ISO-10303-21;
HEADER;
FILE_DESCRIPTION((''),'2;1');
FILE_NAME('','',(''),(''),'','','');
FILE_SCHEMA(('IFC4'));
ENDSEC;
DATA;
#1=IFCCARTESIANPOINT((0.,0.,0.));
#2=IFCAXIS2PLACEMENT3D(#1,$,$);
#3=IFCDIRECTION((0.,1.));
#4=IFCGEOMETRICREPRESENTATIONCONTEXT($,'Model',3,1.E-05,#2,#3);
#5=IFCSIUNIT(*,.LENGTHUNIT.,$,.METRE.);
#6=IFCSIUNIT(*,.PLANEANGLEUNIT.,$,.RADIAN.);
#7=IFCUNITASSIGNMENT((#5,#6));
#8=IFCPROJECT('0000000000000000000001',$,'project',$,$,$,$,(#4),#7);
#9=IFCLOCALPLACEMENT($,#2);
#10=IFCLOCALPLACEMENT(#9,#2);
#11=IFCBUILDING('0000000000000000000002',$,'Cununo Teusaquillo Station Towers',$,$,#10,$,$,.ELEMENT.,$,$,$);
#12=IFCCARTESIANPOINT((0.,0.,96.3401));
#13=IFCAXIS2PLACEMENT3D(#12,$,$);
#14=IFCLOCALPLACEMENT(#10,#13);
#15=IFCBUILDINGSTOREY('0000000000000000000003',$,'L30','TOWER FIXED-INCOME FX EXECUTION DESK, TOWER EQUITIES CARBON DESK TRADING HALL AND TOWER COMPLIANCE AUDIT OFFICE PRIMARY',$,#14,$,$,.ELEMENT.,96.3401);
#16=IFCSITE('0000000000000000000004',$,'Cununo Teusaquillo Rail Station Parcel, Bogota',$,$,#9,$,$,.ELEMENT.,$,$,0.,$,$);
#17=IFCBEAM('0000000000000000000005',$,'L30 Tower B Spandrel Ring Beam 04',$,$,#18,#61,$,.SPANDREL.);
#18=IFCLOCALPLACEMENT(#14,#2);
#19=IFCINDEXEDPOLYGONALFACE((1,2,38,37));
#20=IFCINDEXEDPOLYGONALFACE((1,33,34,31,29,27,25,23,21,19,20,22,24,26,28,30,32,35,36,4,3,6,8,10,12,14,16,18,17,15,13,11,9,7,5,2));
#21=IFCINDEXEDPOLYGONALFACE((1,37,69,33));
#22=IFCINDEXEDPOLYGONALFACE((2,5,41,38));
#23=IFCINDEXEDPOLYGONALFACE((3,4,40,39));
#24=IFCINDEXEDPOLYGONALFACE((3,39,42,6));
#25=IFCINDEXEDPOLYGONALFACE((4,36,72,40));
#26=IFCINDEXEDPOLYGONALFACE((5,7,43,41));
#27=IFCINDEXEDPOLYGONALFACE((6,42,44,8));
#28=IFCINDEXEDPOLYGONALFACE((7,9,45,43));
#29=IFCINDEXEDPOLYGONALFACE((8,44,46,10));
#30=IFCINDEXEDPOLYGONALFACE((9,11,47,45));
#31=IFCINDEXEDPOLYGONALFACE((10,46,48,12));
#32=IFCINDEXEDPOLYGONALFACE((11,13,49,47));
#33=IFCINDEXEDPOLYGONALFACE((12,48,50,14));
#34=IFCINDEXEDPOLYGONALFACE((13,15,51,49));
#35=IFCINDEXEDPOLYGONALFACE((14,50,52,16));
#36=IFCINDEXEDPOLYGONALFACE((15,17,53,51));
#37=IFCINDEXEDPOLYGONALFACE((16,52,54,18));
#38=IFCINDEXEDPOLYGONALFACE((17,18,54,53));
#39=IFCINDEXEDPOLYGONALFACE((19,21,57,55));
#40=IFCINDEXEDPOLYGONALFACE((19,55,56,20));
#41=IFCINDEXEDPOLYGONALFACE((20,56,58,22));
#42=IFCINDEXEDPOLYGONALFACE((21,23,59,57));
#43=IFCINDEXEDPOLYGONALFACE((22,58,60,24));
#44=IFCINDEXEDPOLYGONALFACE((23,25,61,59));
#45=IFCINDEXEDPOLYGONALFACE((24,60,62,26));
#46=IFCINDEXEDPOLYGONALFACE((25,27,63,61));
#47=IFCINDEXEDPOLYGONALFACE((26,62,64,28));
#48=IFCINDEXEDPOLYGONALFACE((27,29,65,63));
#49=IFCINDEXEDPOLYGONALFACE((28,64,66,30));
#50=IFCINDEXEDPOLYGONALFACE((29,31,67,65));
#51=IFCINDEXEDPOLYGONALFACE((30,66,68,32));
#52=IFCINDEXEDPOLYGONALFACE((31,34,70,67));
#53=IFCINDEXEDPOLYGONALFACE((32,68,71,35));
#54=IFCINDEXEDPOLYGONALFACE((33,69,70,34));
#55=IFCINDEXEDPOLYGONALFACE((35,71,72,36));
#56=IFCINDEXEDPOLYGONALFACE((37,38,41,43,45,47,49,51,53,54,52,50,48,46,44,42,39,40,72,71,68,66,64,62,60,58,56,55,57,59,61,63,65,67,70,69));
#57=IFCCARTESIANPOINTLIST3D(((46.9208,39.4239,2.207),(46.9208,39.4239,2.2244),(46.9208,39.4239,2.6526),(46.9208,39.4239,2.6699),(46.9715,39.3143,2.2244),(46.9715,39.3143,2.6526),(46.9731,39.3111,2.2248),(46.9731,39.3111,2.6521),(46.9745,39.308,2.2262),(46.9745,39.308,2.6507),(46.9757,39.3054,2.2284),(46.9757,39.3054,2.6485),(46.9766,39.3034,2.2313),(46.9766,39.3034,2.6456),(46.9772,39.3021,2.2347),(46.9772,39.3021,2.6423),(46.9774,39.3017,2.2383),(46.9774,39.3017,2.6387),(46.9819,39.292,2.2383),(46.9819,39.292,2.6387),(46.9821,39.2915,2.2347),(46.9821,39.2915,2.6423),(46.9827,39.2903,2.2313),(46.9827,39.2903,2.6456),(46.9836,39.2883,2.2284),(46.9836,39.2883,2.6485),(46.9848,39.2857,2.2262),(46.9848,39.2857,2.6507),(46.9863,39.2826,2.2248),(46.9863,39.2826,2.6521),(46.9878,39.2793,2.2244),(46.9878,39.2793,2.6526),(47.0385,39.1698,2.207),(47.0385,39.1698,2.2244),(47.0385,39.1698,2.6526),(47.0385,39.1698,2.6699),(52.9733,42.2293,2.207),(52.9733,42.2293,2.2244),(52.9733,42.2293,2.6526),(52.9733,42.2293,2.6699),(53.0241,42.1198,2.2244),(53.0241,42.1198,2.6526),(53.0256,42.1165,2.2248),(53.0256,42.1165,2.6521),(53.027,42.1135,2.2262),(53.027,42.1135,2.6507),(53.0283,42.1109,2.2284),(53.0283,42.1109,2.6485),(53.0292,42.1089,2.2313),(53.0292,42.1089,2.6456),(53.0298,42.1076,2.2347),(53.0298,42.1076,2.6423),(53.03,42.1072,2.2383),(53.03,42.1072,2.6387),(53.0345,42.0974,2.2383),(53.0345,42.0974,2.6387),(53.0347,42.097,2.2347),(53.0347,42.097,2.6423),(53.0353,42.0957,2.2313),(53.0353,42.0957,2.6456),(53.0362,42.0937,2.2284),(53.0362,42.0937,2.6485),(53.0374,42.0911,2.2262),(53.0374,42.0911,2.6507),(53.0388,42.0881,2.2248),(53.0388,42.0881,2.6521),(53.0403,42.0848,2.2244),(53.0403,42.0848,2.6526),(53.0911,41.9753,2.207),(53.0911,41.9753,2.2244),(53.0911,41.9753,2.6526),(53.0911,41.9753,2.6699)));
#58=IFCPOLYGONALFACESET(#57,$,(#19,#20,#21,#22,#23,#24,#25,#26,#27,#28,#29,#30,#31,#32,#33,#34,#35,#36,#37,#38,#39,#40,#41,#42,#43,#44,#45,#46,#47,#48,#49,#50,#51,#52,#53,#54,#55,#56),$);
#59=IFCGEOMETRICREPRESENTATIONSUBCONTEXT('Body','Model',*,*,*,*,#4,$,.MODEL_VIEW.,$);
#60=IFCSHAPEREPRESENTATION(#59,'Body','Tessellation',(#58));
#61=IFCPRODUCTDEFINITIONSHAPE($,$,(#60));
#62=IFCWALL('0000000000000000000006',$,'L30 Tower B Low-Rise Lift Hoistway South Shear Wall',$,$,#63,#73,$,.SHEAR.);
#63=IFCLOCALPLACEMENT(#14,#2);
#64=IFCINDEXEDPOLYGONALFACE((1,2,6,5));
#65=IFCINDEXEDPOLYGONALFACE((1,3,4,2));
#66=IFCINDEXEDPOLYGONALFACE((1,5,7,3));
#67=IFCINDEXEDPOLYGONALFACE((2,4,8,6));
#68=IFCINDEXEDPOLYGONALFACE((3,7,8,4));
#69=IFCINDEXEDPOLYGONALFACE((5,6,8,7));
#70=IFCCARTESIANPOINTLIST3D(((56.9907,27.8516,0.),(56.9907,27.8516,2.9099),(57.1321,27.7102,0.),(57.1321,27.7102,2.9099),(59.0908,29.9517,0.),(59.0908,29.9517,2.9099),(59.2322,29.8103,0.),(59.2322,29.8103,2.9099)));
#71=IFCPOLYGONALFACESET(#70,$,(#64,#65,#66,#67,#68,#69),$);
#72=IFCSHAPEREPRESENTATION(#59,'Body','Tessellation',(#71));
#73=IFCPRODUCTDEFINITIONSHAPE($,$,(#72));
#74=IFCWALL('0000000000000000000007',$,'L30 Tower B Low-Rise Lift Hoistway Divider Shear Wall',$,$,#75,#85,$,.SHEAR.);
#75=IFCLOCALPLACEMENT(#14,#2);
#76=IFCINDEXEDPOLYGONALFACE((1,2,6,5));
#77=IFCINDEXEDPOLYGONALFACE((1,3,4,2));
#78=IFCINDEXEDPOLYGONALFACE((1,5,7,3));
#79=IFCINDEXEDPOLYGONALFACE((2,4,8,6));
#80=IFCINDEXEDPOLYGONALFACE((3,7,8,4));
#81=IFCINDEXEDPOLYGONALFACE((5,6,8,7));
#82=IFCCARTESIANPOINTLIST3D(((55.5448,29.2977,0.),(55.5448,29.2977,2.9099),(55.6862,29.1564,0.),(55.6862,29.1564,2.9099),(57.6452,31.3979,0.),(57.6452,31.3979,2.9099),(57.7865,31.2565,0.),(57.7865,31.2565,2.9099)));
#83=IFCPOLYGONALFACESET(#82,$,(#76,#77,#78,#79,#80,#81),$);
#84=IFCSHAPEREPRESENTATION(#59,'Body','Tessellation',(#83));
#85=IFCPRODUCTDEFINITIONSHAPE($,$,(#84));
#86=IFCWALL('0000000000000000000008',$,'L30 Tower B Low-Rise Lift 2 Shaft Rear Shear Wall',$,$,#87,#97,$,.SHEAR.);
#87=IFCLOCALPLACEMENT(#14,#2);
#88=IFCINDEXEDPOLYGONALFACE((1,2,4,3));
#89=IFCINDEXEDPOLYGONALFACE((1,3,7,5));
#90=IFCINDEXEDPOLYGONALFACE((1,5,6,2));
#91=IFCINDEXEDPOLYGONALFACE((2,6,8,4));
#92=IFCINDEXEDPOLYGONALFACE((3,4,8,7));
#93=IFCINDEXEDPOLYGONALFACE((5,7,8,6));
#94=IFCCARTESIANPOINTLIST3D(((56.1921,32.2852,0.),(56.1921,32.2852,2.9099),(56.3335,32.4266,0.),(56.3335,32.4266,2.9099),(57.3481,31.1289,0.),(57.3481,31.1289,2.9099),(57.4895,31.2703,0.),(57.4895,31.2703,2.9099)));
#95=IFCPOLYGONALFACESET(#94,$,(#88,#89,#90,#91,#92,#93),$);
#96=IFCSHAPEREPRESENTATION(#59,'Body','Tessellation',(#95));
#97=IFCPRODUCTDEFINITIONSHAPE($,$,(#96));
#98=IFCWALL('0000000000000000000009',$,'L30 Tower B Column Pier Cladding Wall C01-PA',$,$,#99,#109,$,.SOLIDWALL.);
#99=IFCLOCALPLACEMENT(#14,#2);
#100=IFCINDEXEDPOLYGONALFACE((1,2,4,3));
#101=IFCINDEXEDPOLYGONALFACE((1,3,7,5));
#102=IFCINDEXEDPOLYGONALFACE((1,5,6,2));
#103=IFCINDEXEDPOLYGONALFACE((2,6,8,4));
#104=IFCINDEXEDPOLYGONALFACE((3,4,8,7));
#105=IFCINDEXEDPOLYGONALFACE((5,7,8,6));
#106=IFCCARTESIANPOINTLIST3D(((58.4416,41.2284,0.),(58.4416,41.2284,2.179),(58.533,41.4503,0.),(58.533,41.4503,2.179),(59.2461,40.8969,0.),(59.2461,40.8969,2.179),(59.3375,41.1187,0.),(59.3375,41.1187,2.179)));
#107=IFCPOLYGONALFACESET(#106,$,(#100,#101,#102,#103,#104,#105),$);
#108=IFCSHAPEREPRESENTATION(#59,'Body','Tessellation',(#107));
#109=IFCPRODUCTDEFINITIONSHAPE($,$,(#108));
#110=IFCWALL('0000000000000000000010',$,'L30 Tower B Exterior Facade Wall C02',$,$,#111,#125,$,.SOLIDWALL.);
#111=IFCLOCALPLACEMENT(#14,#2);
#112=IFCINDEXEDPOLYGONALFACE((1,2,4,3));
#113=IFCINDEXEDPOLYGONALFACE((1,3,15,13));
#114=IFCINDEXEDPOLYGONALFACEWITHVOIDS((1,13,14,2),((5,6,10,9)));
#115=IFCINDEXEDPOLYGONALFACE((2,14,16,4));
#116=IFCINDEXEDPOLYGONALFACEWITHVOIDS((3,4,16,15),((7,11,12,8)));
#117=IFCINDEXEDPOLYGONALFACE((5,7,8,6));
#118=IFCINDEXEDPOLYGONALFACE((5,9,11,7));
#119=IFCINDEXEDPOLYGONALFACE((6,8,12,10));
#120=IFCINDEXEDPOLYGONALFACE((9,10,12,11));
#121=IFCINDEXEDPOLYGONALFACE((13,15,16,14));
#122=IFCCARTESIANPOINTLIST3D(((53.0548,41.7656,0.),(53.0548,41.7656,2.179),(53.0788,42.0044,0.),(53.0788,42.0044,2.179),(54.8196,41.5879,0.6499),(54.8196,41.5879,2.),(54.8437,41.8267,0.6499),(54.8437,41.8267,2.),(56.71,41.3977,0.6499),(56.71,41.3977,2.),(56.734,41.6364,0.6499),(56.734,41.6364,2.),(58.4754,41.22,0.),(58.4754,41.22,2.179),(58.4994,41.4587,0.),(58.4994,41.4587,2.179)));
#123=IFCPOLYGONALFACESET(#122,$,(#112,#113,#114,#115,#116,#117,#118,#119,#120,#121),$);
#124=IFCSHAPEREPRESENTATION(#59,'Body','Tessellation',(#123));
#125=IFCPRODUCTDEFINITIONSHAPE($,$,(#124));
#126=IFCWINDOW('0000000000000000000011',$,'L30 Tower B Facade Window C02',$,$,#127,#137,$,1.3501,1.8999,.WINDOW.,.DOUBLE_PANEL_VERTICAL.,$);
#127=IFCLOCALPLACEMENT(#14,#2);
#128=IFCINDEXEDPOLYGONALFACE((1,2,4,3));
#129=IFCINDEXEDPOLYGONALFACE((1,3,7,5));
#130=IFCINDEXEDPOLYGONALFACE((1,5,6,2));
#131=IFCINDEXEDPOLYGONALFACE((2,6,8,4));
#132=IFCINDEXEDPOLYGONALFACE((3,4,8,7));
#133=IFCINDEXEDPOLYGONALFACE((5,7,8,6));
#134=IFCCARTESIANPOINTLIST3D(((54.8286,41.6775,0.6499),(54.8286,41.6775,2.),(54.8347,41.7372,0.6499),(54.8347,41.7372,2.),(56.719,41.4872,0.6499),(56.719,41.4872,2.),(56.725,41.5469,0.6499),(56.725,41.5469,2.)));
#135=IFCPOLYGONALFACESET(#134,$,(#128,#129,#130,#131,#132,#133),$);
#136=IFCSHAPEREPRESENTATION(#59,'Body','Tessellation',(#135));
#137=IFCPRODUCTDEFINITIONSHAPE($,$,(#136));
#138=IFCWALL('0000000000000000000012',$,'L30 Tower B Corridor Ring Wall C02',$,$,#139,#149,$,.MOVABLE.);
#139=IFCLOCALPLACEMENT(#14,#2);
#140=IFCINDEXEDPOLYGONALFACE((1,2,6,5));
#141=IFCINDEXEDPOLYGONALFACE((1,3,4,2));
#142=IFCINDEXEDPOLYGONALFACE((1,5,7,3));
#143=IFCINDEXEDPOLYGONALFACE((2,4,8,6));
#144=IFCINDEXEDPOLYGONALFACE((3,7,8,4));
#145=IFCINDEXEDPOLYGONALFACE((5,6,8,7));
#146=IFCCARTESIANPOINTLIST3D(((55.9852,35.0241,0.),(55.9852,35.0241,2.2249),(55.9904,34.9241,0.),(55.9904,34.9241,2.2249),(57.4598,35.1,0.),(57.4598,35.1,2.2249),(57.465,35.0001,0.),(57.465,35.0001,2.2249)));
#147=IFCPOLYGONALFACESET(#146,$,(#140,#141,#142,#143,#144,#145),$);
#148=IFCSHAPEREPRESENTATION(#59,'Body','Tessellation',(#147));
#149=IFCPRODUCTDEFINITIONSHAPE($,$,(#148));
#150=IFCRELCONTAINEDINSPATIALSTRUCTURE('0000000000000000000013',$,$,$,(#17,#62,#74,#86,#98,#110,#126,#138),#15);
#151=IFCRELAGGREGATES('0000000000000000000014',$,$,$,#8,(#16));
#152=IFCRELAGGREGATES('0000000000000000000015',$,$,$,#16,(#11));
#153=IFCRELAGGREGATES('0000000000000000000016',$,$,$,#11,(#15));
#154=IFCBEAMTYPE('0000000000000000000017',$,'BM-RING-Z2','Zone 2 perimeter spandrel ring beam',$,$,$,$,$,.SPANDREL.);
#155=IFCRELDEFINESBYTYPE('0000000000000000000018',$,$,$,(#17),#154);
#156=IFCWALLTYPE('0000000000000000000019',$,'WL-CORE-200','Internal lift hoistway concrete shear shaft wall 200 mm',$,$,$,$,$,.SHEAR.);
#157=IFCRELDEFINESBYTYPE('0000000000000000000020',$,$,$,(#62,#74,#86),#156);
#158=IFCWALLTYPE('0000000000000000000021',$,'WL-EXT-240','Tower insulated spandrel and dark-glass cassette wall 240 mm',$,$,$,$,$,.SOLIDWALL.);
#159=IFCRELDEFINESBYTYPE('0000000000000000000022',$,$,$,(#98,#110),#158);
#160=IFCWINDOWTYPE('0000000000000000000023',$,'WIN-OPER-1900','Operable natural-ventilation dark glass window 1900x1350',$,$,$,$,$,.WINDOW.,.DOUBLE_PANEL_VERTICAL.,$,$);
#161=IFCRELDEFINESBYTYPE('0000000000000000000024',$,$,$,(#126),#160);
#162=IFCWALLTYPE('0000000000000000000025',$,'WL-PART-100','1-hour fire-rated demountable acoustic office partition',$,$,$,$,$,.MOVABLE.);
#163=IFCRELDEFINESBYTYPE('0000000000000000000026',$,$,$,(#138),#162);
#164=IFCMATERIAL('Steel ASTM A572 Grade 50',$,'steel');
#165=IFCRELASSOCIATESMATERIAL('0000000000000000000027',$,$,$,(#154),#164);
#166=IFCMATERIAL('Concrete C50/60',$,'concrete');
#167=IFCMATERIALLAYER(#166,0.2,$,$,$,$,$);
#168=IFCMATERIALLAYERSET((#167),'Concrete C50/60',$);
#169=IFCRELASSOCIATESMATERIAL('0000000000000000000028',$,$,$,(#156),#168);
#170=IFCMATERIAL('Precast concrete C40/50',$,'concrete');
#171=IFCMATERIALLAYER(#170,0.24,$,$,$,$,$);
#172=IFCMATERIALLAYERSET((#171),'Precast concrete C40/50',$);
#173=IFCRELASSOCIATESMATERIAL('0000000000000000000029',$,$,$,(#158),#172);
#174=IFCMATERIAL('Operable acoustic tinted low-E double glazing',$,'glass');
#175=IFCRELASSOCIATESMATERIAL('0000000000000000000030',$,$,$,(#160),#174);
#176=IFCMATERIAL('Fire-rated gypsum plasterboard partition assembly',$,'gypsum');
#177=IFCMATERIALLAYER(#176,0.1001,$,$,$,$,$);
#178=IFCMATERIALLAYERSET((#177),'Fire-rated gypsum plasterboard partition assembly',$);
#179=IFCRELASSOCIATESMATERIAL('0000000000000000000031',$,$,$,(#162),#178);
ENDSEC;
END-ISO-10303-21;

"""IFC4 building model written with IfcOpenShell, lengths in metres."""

from ifc_helpers import new_model, si_unit, direction, frame, frame_2d, origin, origin_2d, place, context, subcontext, project, spatial, rectangle, i_section, extrude, source, transform, mapped, material, layer, layer_set, material_profile, profile_set, type_object, element, fill, save


model = new_model("IFC4")

# Units and contexts
model_context = context("Model", 3, precision=1e-05, world=origin(), true_north=direction((0.0, 1.0)))
body_context = subcontext(model_context, "Body", "Model", "MODEL_VIEW")
ifc_project = project(units=[si_unit("LENGTHUNIT", "METRE"), si_unit("PLANEANGLEUNIT", "RADIAN")], contexts=[model_context])

# Site, building, storey
site_placement = place(None, origin())
site = spatial("IfcSite", under=ifc_project, at=site_placement, Name="Cununo Teusaquillo Rail Station Parcel, Bogota", CompositionType="ELEMENT", RefElevation=0.0)
building_placement = place(site_placement, origin())
building = spatial("IfcBuilding", under=site, at=building_placement, Name="Cununo Teusaquillo Station Towers", CompositionType="ELEMENT")
storey_placement = place(building_placement, frame((0.0, 0.0, 96.3401)))
storey = spatial("IfcBuildingStorey", under=building, at=storey_placement, Name="L30", Description="TOWER FIXED-INCOME FX EXECUTION DESK, TOWER EQUITIES CARBON DESK TRADING HALL AND TOWER COMPLIANCE AUDIT OFFICE PRIMARY", CompositionType="ELEMENT", Elevation=96.3401)

# Beam
ifc_material_1 = material(Name="Steel ASTM A572 Grade 50", Category="steel")
ifc_material_profile_1 = material_profile(ifc_material_1, i_section(OverallWidth=0.28, OverallDepth=0.4629, WebThickness=0.0107, FlangeThickness=0.0173, FilletRadius=0.0139, at=origin_2d()), Name="W18X76")
ifc_profile_set_1 = profile_set([ifc_material_profile_1], Name="Steel ASTM A572 Grade 50")
beam_type_1 = type_object("IfcBeamType", Name="BM-RING-Z2", Description="Zone 2 perimeter spandrel ring beam", PredefinedType="SPANDREL", material=ifc_profile_set_1)
beam_1_placement = place(storey_placement, frame((53.0322, 42.1023, 2.4385), z_axis=(-0.907276, -0.420536, 0.0), x_axis=(0.420536, -0.907276, 0.0)))
element("IfcBeam", 1, at=beam_1_placement, inside=storey, type_object=beam_type_1, Name="L30 Tower B Spandrel Ring Beam 04", PredefinedType="SPANDREL", context=body_context, shape_type="SweptSolid", body=[
    extrude(i_section(OverallWidth=0.28, OverallDepth=0.4629, WebThickness=0.0107, FlangeThickness=0.0173, FilletRadius=0.0139, at=origin_2d()), origin(), (0.0, 0.0, 1.0), 6.6711),
])

# Walls
ifc_material_2 = material(Name="Concrete C50/60", Category="concrete")
ifc_layer_1 = layer(ifc_material_2, 0.2)
ifc_layer_set_1 = layer_set([ifc_layer_1], Name="Concrete C50/60")
wall_type_1 = type_object("IfcWallType", Name="WL-CORE-200", Description="Internal lift hoistway concrete shear shaft wall 200 mm", PredefinedType="SHEAR", material=ifc_layer_set_1)
wall_1_placement = place(storey_placement, frame((57.0615, 27.781, 0.0), z_axis=(0.0, 0.0, 1.0), x_axis=(0.707107, 0.707107, 0.0)))
element("IfcWall", 2, at=wall_1_placement, inside=storey, type_object=wall_type_1, Name="L30 Tower B Low-Rise Lift Hoistway South Shear Wall", PredefinedType="SHEAR", context=body_context, shape_type="SweptSolid", body=[
    extrude(rectangle(XDim=2.97, YDim=0.2, at=frame_2d((1.4849, 0.0))), origin(), (0.0, 0.0, 1.0), 2.9099),
])
wall_2_placement = place(storey_placement, frame((55.6155, 29.2271, 0.0), z_axis=(0.0, 0.0, 1.0), x_axis=(0.707148, 0.707066, 0.0)))
element("IfcWall", 3, at=wall_2_placement, inside=storey, type_object=wall_type_1, Name="L30 Tower B Low-Rise Lift Hoistway Divider Shear Wall", PredefinedType="SHEAR", context=body_context, shape_type="SweptSolid", body=[
    extrude(rectangle(XDim=2.9702, YDim=0.2, at=frame_2d((1.4851, 0.0))), origin(), (0.0, 0.0, 1.0), 2.9099),
])
wall_3_placement = place(storey_placement, frame((57.4187, 31.1997, 0.0), z_axis=(0.0, 0.0, 1.0), x_axis=(-0.707032, 0.707181, 0.0)))
element("IfcWall", 4, at=wall_3_placement, inside=storey, type_object=wall_type_1, Name="L30 Tower B Low-Rise Lift 2 Shaft Rear Shear Wall", PredefinedType="SHEAR", context=body_context, shape_type="SweptSolid", body=[
    extrude(rectangle(XDim=1.635, YDim=0.2, at=frame_2d((0.8174, 0.0))), origin(), (0.0, 0.0, 1.0), 2.9099),
])
ifc_material_3 = material(Name="Precast concrete C40/50", Category="concrete")
ifc_layer_2 = layer(ifc_material_3, 0.24)
ifc_layer_set_2 = layer_set([ifc_layer_2], Name="Precast concrete C40/50")
wall_type_2 = type_object("IfcWallType", Name="WL-EXT-240", Description="Tower insulated spandrel and dark-glass cassette wall 240 mm", PredefinedType="SOLIDWALL", material=ifc_layer_set_2)
wall_4_placement = place(storey_placement, frame((58.4873, 41.3394, 0.0), z_axis=(0.0, 0.0, 1.0), x_axis=(0.924556, -0.381046, 0.0)))
element("IfcWall", 5, at=wall_4_placement, inside=storey, type_object=wall_type_2, Name="L30 Tower B Column Pier Cladding Wall C01-PA", PredefinedType="SOLIDWALL", context=body_context, shape_type="SweptSolid", body=[
    extrude(rectangle(XDim=0.8701, YDim=0.24, at=frame_2d((0.4351, 0.0))), origin(), (0.0, 0.0, 1.0), 2.179),
])

# Wall, opening, window
wall_5_placement = place(storey_placement, frame((53.0667, 41.885, 0.0), z_axis=(0.0, 0.0, 1.0), x_axis=(0.994972, -0.100156, 0.0)))
wall_5 = element("IfcWall", 6, at=wall_5_placement, inside=storey, type_object=wall_type_2, Name="L30 Tower B Exterior Facade Wall C02", PredefinedType="SOLIDWALL", context=body_context, shape_type="SweptSolid", body=[
    extrude(rectangle(XDim=5.448, YDim=0.24, at=frame_2d((2.7241, 0.0))), origin(), (0.0, 0.0, 1.0), 2.179),
])
shared_shape_1 = source(origin(), body_context, "Body", "SweptSolid", [
    extrude(rectangle(XDim=1.8999, YDim=1.3501, at=frame_2d((0.95, 0.675))), frame((0.0, 0.1299, 0.0), z_axis=(0.0, -1.0, 0.0), x_axis=(1.0, 0.0, 0.0)), (0.0, 0.0, 1.0), 0.26),
])
opening_1_placement = place(wall_5_placement, frame((1.7739, 0.0, 0.6499)))
opening_1 = element("IfcOpeningElement", 7, at=opening_1_placement, cuts=wall_5, PredefinedType="OPENING", context=body_context, shape_type="MappedRepresentation", body=[
    mapped(shared_shape_1, transform((0.0, 0.0, 0.0), x_axis=(1.0, 0.0, 0.0), y_axis=(0.0, 1.0, 0.0), z_axis=(0.0, 0.0, 1.0), scale=1.0)),
])
ifc_material_4 = material(Name="Operable acoustic tinted low-E double glazing", Category="glass")
window_type = type_object("IfcWindowType", Name="WIN-OPER-1900", Description="Operable natural-ventilation dark glass window 1900x1350", PartitioningType="DOUBLE_PANEL_VERTICAL", PredefinedType="WINDOW", material=ifc_material_4)
shared_shape_2 = source(origin(), body_context, "Body", "SweptSolid", [
    extrude(rectangle(XDim=1.8999, YDim=1.3501, at=frame_2d((0.95, 0.675))), frame((0.0, 0.03, 0.0), z_axis=(0.0, -1.0, 0.0), x_axis=(1.0, 0.0, 0.0)), (0.0, 0.0, 1.0), 0.0601),
])
window_placement = place(opening_1_placement, origin())
window = element("IfcWindow", 8, at=window_placement, inside=storey, type_object=window_type, Name="L30 Tower B Facade Window C02", OverallHeight=1.3501, OverallWidth=1.8999, PartitioningType="DOUBLE_PANEL_VERTICAL", PredefinedType="WINDOW", context=body_context, shape_type="MappedRepresentation", body=[
    mapped(shared_shape_2, transform((0.0, 0.0, 0.0), x_axis=(1.0, 0.0, 0.0), y_axis=(0.0, 1.0, 0.0), z_axis=(0.0, 0.0, 1.0), scale=1.0)),
])
fill(opening_1, window)

# Wall
ifc_material_5 = material(Name="Fire-rated gypsum plasterboard partition assembly", Category="gypsum")
ifc_layer_3 = layer(ifc_material_5, 0.1001)
ifc_layer_set_3 = layer_set([ifc_layer_3], Name="Fire-rated gypsum plasterboard partition assembly")
wall_type_3 = type_object("IfcWallType", Name="WL-PART-100", Description="1-hour fire-rated demountable acoustic office partition", PredefinedType="MOVABLE", material=ifc_layer_set_3)
wall_6_placement = place(storey_placement, frame((57.4624, 35.05, 0.0), z_axis=(0.0, 0.0, 1.0), x_axis=(-0.998677, -0.051422, 0.0)))
element("IfcWall", 9, at=wall_6_placement, inside=storey, type_object=wall_type_3, Name="L30 Tower B Corridor Ring Wall C02", PredefinedType="MOVABLE", context=body_context, shape_type="SweptSolid", body=[
    extrude(rectangle(XDim=1.4766, YDim=0.1001, at=frame_2d((0.7383, 0.0))), origin(), (0.0, 0.0, 1.0), 2.2249),
])

save(model, "model.ifc")
